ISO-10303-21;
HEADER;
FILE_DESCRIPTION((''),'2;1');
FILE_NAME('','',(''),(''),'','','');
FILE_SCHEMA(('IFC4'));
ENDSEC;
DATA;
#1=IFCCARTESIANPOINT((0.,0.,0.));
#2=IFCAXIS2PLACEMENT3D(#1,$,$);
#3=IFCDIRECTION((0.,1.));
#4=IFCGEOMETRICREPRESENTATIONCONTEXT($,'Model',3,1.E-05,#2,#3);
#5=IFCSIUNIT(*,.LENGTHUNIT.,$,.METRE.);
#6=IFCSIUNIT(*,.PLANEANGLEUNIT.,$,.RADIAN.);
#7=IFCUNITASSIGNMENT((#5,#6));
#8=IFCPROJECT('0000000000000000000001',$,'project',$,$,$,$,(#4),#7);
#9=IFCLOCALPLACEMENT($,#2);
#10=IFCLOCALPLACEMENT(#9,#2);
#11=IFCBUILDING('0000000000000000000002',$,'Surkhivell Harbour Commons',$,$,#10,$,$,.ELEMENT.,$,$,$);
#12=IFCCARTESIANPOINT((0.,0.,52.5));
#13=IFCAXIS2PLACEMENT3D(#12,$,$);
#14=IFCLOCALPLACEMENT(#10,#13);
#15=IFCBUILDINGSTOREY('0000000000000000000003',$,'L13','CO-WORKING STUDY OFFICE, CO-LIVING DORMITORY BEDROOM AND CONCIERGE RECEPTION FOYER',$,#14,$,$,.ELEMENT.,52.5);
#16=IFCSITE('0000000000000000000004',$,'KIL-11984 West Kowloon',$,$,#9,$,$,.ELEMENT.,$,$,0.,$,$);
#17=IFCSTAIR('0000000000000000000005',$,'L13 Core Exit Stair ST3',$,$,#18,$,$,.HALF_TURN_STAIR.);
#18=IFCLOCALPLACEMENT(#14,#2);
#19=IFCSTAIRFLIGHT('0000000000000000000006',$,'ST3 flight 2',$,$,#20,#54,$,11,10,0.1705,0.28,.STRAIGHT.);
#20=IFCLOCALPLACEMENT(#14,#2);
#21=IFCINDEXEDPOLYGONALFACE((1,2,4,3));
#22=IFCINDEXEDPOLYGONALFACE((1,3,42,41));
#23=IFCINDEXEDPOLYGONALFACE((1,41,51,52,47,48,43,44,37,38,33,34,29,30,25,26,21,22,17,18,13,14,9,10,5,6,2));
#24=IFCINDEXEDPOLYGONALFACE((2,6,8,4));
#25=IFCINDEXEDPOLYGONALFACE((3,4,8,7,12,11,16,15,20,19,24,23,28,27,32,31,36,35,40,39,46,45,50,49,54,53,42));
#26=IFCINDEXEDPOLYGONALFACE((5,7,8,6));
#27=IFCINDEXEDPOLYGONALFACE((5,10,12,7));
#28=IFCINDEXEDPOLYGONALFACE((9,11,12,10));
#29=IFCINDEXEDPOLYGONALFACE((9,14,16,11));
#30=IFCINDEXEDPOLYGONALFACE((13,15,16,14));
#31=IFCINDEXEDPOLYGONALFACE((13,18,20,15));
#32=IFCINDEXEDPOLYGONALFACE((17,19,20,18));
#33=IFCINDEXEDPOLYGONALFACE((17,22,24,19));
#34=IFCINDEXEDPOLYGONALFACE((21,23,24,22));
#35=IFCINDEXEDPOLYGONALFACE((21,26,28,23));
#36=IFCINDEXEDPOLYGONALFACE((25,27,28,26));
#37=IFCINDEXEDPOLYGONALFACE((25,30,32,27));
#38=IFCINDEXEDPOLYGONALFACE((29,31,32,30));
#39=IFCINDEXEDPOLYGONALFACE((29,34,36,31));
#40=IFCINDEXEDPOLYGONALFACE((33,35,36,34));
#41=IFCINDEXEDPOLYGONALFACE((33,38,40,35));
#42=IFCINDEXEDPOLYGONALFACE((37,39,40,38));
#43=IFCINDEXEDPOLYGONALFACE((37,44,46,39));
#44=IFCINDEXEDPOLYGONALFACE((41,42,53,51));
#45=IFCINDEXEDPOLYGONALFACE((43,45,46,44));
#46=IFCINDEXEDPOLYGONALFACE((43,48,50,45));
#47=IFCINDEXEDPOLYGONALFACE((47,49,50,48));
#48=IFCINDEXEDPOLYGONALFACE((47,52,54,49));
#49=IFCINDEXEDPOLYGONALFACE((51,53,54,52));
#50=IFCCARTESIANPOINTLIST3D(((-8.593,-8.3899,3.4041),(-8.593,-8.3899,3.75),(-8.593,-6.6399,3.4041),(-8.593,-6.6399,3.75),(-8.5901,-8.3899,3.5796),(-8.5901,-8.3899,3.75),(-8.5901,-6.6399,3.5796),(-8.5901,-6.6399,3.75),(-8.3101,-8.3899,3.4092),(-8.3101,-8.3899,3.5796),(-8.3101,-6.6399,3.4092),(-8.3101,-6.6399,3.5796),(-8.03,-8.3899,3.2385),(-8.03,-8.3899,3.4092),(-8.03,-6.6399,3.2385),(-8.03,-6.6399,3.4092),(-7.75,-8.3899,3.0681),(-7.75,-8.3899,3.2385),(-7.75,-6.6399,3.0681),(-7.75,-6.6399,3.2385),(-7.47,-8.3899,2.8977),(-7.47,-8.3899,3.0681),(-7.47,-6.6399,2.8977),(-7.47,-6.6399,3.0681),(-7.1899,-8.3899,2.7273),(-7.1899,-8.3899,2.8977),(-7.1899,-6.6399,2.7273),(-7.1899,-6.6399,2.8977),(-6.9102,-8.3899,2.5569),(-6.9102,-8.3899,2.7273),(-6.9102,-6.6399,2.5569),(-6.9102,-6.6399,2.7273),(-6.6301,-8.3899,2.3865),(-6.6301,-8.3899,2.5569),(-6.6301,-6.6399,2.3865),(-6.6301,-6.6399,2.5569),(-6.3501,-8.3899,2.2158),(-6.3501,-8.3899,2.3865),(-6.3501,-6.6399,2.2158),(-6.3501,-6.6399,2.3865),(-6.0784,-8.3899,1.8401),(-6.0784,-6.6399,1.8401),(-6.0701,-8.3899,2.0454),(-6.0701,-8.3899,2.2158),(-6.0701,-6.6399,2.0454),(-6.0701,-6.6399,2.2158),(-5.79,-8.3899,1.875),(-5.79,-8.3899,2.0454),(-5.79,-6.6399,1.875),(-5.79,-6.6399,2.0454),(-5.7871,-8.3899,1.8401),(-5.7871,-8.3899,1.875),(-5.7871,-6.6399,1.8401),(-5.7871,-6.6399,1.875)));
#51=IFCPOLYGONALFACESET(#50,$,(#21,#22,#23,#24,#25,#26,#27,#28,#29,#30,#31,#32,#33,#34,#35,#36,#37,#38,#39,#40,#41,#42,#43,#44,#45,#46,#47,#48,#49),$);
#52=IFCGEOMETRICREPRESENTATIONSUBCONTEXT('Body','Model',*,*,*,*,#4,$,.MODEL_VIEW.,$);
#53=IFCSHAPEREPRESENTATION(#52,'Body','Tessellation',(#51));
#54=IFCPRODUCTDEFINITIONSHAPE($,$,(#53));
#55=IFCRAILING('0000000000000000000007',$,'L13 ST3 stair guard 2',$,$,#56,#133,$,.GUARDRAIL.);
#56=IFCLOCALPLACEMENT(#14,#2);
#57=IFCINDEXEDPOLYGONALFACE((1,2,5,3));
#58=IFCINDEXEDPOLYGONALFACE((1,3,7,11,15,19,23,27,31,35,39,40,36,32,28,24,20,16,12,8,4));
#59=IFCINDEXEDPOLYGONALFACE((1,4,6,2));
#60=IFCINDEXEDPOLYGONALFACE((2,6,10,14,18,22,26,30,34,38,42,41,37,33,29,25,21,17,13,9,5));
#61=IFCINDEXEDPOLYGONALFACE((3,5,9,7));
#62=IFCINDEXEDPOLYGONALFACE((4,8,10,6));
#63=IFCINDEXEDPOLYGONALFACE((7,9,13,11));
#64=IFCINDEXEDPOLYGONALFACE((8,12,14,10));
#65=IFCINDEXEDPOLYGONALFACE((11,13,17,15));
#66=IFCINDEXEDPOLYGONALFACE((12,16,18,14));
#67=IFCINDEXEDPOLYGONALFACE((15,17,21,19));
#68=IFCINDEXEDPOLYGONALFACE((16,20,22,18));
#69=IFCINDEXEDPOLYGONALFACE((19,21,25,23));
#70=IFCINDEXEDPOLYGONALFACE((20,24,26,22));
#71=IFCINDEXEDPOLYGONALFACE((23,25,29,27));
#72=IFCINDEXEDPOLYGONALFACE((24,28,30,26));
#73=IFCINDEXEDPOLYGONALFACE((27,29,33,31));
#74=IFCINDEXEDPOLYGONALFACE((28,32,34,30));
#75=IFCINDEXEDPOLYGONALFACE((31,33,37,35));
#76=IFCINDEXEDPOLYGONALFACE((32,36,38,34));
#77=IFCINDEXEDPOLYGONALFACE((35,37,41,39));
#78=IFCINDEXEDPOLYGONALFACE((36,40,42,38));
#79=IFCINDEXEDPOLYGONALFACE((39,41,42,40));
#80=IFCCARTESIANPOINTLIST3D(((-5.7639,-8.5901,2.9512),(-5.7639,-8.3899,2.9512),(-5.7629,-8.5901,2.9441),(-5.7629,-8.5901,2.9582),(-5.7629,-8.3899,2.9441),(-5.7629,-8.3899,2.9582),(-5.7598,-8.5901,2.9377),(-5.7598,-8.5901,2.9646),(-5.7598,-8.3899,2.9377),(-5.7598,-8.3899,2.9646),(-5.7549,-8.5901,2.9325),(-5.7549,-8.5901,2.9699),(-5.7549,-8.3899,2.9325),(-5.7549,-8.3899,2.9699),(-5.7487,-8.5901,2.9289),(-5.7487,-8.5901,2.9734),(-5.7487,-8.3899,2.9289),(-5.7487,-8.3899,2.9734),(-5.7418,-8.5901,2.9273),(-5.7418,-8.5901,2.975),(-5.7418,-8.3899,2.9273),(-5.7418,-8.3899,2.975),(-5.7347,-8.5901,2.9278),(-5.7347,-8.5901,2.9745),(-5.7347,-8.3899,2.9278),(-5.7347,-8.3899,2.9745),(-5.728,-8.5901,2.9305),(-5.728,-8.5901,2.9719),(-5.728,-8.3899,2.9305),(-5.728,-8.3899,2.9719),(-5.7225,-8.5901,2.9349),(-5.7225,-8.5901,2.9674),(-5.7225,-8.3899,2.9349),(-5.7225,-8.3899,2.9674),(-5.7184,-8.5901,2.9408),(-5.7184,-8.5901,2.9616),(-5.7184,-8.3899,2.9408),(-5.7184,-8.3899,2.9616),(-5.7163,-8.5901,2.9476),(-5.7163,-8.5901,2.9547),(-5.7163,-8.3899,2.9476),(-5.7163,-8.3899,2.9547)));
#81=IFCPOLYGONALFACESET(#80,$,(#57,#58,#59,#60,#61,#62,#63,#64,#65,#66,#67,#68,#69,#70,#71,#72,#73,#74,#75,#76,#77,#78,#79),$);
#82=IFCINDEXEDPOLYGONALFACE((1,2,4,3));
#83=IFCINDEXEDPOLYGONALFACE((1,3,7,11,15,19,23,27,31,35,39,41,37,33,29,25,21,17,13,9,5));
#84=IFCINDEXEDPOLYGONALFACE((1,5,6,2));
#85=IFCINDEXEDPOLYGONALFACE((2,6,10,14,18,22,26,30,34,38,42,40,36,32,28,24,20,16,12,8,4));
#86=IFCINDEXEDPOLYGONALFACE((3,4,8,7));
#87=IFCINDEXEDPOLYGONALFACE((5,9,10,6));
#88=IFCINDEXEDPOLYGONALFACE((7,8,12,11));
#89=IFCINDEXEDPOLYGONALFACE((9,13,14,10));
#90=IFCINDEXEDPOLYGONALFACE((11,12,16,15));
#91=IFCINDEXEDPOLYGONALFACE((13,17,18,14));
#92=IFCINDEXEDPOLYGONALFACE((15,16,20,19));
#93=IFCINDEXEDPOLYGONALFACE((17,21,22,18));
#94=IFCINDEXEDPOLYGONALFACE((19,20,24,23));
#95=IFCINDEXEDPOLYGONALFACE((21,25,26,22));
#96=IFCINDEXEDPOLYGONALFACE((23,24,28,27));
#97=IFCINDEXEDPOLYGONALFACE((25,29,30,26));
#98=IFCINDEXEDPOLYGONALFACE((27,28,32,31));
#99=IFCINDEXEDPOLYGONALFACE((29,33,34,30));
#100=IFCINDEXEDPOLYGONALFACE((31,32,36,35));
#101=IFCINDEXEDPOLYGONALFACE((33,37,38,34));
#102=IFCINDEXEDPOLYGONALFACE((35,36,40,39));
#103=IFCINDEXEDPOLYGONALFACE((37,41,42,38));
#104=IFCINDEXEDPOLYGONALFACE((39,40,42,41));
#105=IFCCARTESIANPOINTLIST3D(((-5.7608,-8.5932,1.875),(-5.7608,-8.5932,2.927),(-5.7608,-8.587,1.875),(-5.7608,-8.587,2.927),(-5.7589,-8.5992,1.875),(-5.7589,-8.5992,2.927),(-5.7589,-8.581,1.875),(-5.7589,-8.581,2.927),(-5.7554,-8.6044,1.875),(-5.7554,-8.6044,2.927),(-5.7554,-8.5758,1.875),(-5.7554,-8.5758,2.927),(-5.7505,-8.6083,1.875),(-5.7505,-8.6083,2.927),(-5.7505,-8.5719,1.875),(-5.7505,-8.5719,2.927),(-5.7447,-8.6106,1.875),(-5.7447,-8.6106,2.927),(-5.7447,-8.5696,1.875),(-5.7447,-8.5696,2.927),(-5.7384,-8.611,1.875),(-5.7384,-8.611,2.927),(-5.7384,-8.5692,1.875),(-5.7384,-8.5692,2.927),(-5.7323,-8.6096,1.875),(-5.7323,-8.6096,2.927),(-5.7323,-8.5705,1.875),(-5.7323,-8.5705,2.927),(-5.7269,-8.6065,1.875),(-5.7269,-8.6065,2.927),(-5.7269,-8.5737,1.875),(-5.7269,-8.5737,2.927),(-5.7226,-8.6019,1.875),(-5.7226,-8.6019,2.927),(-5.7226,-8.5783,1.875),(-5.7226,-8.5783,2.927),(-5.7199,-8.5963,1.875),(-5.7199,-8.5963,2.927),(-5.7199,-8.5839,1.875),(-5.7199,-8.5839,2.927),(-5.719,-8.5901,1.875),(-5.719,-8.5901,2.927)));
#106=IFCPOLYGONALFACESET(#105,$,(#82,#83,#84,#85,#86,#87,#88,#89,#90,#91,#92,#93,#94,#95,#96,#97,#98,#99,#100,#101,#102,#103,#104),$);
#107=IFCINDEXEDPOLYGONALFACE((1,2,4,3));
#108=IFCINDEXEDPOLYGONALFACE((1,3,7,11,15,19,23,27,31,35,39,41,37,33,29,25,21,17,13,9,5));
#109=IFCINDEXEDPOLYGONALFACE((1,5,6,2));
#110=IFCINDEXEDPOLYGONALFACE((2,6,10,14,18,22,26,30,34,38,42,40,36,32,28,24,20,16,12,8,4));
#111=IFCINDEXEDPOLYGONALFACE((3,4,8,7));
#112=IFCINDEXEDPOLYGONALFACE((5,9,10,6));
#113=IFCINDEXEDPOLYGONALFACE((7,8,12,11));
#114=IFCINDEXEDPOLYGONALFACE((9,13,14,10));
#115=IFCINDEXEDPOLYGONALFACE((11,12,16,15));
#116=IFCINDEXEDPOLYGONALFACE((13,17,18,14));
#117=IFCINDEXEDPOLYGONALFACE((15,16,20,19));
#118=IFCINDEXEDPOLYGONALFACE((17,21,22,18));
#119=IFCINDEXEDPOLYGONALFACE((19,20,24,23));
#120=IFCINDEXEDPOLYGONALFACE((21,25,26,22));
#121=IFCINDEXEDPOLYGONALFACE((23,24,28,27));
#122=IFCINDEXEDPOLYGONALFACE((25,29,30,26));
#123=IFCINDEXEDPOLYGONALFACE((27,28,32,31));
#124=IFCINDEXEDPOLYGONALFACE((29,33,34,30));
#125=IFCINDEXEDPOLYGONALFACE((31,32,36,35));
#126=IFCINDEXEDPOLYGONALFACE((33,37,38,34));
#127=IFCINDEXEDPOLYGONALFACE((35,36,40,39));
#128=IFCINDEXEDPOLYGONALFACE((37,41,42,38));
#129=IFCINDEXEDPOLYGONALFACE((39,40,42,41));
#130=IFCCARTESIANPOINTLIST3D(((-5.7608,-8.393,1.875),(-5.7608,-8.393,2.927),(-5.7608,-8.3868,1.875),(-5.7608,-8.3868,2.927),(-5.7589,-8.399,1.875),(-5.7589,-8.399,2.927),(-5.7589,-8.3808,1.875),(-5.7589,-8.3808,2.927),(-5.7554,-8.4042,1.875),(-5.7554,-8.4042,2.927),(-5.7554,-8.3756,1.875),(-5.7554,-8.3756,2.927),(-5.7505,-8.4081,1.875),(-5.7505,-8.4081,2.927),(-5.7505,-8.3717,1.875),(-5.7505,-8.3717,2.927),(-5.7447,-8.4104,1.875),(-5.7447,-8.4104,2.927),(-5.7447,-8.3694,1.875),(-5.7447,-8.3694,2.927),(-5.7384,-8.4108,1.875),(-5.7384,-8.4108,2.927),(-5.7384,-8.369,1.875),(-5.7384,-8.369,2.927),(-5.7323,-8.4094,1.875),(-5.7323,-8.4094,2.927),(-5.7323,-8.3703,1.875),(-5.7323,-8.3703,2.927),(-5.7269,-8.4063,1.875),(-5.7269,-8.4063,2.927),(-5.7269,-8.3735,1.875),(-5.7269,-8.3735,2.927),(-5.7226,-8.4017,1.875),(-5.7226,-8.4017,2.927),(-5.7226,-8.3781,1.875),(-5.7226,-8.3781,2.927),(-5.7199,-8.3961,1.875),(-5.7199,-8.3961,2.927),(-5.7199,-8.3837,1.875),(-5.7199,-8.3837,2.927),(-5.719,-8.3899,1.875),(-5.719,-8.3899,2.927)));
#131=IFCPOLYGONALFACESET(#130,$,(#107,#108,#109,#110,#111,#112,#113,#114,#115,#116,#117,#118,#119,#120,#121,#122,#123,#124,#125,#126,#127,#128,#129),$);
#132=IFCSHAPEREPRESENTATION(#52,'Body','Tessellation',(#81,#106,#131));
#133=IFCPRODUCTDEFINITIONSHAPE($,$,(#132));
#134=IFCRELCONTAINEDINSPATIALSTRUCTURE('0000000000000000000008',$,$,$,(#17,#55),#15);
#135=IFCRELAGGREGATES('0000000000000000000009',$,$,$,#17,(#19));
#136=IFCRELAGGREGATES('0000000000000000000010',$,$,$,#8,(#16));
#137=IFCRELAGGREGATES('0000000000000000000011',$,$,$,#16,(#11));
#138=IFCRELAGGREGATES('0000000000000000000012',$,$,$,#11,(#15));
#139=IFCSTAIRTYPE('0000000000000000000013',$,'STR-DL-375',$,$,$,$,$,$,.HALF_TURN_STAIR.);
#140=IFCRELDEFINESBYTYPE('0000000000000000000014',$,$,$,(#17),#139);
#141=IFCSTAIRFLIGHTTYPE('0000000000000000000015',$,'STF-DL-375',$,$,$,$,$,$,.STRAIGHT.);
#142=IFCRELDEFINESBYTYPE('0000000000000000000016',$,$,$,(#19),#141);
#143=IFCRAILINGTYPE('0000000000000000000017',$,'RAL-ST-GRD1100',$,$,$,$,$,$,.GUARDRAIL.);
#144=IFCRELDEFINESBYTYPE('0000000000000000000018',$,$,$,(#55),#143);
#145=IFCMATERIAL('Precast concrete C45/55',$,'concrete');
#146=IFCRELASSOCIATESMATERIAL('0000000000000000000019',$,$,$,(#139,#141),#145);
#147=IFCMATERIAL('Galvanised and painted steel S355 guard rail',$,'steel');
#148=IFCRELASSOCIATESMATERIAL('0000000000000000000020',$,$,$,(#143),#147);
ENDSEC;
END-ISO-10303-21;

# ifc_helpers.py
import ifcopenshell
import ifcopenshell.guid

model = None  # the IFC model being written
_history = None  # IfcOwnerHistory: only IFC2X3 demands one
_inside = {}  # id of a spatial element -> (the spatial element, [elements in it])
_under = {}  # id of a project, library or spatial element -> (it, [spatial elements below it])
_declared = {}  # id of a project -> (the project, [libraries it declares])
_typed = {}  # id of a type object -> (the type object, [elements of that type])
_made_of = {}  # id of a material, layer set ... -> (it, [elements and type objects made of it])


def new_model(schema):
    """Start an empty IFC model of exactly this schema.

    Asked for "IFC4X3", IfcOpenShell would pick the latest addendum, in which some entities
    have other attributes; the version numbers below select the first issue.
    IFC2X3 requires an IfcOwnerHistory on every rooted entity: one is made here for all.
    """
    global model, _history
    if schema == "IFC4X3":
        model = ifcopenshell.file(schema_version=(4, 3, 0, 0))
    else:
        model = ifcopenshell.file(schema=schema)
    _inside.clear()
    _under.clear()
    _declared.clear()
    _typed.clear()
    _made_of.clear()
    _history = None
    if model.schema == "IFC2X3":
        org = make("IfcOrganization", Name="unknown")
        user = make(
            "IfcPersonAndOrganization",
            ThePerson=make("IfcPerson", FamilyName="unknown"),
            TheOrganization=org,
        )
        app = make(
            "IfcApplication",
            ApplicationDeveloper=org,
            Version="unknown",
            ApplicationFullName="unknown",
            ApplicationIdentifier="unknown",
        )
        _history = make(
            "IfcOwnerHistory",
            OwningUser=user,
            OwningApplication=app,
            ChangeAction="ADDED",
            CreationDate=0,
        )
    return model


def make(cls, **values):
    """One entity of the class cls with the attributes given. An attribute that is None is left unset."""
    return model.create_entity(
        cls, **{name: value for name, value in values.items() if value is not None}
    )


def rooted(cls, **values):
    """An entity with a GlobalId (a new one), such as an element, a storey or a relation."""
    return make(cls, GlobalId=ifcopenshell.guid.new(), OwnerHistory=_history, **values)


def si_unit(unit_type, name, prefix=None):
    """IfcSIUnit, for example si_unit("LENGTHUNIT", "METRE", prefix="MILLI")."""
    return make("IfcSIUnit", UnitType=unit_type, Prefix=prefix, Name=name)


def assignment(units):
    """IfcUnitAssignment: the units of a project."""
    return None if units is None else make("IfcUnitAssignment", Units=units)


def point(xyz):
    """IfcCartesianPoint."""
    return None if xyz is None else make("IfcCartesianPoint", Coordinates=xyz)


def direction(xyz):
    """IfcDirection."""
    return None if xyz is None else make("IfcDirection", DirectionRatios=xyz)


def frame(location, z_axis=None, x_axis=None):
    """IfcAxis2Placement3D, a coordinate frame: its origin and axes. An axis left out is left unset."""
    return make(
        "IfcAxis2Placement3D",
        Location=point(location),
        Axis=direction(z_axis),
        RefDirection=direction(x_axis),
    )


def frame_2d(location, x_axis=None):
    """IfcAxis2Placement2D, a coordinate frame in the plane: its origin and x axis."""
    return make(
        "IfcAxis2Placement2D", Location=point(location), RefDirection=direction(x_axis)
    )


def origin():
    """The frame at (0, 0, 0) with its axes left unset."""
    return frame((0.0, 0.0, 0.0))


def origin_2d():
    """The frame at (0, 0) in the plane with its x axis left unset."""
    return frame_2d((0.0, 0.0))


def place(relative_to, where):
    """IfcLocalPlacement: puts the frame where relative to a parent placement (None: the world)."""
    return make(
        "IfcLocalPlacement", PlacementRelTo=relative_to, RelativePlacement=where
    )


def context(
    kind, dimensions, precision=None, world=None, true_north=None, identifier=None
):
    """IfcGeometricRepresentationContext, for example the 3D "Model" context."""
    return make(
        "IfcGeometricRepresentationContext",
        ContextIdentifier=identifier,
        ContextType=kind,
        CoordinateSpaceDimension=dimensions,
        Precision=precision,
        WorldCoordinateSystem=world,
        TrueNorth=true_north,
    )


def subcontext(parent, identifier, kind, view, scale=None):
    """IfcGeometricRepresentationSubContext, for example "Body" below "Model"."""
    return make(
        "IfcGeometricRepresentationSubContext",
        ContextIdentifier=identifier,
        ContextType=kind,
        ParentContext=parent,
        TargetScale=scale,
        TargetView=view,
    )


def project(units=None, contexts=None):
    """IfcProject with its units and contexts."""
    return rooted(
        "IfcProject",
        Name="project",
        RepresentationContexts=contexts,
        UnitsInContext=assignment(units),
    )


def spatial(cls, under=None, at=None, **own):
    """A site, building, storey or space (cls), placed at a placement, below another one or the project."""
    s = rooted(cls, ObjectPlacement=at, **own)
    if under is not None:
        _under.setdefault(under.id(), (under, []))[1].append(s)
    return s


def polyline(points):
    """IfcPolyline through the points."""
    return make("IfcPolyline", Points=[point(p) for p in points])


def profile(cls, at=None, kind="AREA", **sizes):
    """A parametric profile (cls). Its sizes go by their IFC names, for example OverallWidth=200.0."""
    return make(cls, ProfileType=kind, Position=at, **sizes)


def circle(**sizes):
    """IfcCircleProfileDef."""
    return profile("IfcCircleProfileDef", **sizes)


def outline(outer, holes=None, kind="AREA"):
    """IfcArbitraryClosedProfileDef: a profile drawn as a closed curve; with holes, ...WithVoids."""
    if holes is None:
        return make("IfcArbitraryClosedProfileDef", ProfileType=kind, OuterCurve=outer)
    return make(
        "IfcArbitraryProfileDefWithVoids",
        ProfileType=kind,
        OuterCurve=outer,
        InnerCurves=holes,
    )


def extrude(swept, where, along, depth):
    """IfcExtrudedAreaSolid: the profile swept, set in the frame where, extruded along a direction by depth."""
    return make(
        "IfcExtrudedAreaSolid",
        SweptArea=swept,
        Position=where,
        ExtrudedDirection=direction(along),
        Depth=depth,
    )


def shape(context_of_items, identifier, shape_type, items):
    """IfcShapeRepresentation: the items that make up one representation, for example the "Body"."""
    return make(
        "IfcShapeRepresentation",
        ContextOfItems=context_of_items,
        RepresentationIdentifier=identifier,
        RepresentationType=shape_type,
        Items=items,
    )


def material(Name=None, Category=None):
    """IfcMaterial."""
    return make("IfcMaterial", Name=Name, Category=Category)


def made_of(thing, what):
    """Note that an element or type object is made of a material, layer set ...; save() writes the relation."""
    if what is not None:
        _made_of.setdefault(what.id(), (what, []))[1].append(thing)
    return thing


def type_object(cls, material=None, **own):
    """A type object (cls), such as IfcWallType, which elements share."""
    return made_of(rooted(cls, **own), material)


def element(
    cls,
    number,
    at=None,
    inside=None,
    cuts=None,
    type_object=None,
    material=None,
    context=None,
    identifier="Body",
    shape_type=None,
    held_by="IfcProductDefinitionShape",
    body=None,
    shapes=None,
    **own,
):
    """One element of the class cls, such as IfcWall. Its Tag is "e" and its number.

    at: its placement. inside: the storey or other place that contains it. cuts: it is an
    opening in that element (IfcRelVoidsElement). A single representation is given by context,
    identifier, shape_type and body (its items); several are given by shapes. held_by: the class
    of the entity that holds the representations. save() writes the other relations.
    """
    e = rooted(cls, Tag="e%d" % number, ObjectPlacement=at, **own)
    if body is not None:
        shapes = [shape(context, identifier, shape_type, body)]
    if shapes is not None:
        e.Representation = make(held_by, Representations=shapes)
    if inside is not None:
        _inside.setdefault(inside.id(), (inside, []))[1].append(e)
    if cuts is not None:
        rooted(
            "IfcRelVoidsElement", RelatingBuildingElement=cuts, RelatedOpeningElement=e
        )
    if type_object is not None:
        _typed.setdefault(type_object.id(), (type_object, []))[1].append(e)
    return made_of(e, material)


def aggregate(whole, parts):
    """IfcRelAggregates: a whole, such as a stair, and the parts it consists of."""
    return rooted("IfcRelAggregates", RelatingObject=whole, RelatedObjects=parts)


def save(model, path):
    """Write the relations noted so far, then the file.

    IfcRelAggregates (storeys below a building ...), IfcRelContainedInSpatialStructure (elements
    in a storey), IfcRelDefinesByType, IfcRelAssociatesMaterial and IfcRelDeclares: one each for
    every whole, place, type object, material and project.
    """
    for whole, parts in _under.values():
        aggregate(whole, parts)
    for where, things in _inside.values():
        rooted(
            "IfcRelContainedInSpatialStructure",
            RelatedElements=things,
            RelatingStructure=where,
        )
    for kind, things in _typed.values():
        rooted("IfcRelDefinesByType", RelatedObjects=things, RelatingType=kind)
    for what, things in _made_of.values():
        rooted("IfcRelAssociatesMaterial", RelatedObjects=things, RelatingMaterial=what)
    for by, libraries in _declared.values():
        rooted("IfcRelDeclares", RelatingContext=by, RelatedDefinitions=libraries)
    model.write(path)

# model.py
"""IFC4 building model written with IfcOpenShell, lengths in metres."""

from ifc_helpers import new_model, si_unit, direction, frame, origin, origin_2d, place, context, subcontext, project, spatial, polyline, circle, outline, extrude, material, type_object, element, aggregate, save


model = new_model("IFC4")

# Units and contexts
model_context = context("Model", 3, precision=1e-05, world=origin(), true_north=direction((0.0, 1.0)))
body_context = subcontext(model_context, "Body", "Model", "MODEL_VIEW")
ifc_project = project(units=[si_unit("LENGTHUNIT", "METRE"), si_unit("PLANEANGLEUNIT", "RADIAN")], contexts=[model_context])

# Site, building, storey
site_placement = place(None, origin())
site = spatial("IfcSite", under=ifc_project, at=site_placement, Name="KIL-11984 West Kowloon", CompositionType="ELEMENT", RefElevation=0.0)
building_placement = place(site_placement, origin())
building = spatial("IfcBuilding", under=site, at=building_placement, Name="Surkhivell Harbour Commons", CompositionType="ELEMENT")
storey_placement = place(building_placement, frame((0.0, 0.0, 52.5)))
storey = spatial("IfcBuildingStorey", under=building, at=storey_placement, Name="L13", Description="CO-WORKING STUDY OFFICE, CO-LIVING DORMITORY BEDROOM AND CONCIERGE RECEPTION FOYER", CompositionType="ELEMENT", Elevation=52.5)

# Stair, stair flight
ifc_material_1 = material(Name="Precast concrete C45/55", Category="concrete")
stair_type = type_object("IfcStairType", Name="STR-DL-375", PredefinedType="HALF_TURN_STAIR", material=ifc_material_1)
stair_placement = place(storey_placement, origin())
stair = element("IfcStair", 1, at=stair_placement, inside=storey, type_object=stair_type, Name="L13 Core Exit Stair ST3", PredefinedType="HALF_TURN_STAIR")
stair_flight_type = type_object("IfcStairFlightType", Name="STF-DL-375", PredefinedType="STRAIGHT", material=ifc_material_1)
stair_flight_placement = place(storey_placement, frame((-5.79, -7.5149, 1.875), z_axis=(0.0, 0.0, 1.0), x_axis=(-1.0, 0.0, 0.0)))
stair_flight = element("IfcStairFlight", 2, at=stair_flight_placement, type_object=stair_flight_type, Name="ST3 flight 2", NumberOfRisers=11, NumberOfTreads=10, PredefinedType="STRAIGHT", RiserHeight=0.1705, TreadLength=0.28, context=body_context, shape_type="SweptSolid", body=[
    extrude(outline(polyline([(-0.0029, -0.0349), (-0.0029, 0.0), (0.0, 0.0), (0.0, 0.1704), (0.28, 0.1704), (0.28, 0.3408), (0.5601, 0.3408), (0.5601, 0.5115), (0.8401, 0.5115), (0.8401, 0.6819), (1.1201, 0.6819), (1.1201, 0.8523), (1.3999, 0.8523), (1.3999, 1.0227), (1.6799, 1.0227), (1.6799, 1.1931), (1.96, 1.1931), (1.96, 1.3635), (2.24, 1.3635), (2.24, 1.5342), (2.52, 1.5342), (2.52, 1.7046), (2.8, 1.7046), (2.8, 1.875), (2.803, 1.875), (2.803, 1.5291), (0.2883, -0.0349), (-0.0029, -0.0349)])), frame((0.0, 0.875, 0.0), z_axis=(0.0, -1.0, 0.0), x_axis=(1.0, 0.0, 0.0)), (0.0, 0.0, 1.0), 1.75),
])
aggregate(stair, [stair_flight])

# Railing
ifc_material_2 = material(Name="Galvanised and painted steel S355 guard rail", Category="steel")
railing_type_1 = type_object("IfcRailingType", Name="RAL-ST-GRD1100", PredefinedType="GUARDRAIL", material=ifc_material_2)
railing_1_placement = place(storey_placement, frame((-5.74, -8.5901, 1.875)))
element("IfcRailing", 3, at=railing_1_placement, inside=storey, type_object=railing_type_1, Name="L13 ST3 stair guard 2", PredefinedType="GUARDRAIL", context=body_context, shape_type="SweptSolid", body=[
    extrude(circle(Radius=0.0239, at=origin_2d()), frame((0.0, 0.0, 1.0762), z_axis=(0.0, 1.0, 0.0), x_axis=(-1.0, 0.0, 0.0)), (0.0, 0.0, 1.0), 0.2002),
    extrude(circle(Radius=0.021, at=origin_2d()), origin(), (0.0, 0.0, 1.0), 1.052),
    extrude(circle(Radius=0.021, at=origin_2d()), frame((0.0, 0.2002, 0.0)), (0.0, 0.0, 1.0), 1.052),
])

save(model, "model.ifc")
